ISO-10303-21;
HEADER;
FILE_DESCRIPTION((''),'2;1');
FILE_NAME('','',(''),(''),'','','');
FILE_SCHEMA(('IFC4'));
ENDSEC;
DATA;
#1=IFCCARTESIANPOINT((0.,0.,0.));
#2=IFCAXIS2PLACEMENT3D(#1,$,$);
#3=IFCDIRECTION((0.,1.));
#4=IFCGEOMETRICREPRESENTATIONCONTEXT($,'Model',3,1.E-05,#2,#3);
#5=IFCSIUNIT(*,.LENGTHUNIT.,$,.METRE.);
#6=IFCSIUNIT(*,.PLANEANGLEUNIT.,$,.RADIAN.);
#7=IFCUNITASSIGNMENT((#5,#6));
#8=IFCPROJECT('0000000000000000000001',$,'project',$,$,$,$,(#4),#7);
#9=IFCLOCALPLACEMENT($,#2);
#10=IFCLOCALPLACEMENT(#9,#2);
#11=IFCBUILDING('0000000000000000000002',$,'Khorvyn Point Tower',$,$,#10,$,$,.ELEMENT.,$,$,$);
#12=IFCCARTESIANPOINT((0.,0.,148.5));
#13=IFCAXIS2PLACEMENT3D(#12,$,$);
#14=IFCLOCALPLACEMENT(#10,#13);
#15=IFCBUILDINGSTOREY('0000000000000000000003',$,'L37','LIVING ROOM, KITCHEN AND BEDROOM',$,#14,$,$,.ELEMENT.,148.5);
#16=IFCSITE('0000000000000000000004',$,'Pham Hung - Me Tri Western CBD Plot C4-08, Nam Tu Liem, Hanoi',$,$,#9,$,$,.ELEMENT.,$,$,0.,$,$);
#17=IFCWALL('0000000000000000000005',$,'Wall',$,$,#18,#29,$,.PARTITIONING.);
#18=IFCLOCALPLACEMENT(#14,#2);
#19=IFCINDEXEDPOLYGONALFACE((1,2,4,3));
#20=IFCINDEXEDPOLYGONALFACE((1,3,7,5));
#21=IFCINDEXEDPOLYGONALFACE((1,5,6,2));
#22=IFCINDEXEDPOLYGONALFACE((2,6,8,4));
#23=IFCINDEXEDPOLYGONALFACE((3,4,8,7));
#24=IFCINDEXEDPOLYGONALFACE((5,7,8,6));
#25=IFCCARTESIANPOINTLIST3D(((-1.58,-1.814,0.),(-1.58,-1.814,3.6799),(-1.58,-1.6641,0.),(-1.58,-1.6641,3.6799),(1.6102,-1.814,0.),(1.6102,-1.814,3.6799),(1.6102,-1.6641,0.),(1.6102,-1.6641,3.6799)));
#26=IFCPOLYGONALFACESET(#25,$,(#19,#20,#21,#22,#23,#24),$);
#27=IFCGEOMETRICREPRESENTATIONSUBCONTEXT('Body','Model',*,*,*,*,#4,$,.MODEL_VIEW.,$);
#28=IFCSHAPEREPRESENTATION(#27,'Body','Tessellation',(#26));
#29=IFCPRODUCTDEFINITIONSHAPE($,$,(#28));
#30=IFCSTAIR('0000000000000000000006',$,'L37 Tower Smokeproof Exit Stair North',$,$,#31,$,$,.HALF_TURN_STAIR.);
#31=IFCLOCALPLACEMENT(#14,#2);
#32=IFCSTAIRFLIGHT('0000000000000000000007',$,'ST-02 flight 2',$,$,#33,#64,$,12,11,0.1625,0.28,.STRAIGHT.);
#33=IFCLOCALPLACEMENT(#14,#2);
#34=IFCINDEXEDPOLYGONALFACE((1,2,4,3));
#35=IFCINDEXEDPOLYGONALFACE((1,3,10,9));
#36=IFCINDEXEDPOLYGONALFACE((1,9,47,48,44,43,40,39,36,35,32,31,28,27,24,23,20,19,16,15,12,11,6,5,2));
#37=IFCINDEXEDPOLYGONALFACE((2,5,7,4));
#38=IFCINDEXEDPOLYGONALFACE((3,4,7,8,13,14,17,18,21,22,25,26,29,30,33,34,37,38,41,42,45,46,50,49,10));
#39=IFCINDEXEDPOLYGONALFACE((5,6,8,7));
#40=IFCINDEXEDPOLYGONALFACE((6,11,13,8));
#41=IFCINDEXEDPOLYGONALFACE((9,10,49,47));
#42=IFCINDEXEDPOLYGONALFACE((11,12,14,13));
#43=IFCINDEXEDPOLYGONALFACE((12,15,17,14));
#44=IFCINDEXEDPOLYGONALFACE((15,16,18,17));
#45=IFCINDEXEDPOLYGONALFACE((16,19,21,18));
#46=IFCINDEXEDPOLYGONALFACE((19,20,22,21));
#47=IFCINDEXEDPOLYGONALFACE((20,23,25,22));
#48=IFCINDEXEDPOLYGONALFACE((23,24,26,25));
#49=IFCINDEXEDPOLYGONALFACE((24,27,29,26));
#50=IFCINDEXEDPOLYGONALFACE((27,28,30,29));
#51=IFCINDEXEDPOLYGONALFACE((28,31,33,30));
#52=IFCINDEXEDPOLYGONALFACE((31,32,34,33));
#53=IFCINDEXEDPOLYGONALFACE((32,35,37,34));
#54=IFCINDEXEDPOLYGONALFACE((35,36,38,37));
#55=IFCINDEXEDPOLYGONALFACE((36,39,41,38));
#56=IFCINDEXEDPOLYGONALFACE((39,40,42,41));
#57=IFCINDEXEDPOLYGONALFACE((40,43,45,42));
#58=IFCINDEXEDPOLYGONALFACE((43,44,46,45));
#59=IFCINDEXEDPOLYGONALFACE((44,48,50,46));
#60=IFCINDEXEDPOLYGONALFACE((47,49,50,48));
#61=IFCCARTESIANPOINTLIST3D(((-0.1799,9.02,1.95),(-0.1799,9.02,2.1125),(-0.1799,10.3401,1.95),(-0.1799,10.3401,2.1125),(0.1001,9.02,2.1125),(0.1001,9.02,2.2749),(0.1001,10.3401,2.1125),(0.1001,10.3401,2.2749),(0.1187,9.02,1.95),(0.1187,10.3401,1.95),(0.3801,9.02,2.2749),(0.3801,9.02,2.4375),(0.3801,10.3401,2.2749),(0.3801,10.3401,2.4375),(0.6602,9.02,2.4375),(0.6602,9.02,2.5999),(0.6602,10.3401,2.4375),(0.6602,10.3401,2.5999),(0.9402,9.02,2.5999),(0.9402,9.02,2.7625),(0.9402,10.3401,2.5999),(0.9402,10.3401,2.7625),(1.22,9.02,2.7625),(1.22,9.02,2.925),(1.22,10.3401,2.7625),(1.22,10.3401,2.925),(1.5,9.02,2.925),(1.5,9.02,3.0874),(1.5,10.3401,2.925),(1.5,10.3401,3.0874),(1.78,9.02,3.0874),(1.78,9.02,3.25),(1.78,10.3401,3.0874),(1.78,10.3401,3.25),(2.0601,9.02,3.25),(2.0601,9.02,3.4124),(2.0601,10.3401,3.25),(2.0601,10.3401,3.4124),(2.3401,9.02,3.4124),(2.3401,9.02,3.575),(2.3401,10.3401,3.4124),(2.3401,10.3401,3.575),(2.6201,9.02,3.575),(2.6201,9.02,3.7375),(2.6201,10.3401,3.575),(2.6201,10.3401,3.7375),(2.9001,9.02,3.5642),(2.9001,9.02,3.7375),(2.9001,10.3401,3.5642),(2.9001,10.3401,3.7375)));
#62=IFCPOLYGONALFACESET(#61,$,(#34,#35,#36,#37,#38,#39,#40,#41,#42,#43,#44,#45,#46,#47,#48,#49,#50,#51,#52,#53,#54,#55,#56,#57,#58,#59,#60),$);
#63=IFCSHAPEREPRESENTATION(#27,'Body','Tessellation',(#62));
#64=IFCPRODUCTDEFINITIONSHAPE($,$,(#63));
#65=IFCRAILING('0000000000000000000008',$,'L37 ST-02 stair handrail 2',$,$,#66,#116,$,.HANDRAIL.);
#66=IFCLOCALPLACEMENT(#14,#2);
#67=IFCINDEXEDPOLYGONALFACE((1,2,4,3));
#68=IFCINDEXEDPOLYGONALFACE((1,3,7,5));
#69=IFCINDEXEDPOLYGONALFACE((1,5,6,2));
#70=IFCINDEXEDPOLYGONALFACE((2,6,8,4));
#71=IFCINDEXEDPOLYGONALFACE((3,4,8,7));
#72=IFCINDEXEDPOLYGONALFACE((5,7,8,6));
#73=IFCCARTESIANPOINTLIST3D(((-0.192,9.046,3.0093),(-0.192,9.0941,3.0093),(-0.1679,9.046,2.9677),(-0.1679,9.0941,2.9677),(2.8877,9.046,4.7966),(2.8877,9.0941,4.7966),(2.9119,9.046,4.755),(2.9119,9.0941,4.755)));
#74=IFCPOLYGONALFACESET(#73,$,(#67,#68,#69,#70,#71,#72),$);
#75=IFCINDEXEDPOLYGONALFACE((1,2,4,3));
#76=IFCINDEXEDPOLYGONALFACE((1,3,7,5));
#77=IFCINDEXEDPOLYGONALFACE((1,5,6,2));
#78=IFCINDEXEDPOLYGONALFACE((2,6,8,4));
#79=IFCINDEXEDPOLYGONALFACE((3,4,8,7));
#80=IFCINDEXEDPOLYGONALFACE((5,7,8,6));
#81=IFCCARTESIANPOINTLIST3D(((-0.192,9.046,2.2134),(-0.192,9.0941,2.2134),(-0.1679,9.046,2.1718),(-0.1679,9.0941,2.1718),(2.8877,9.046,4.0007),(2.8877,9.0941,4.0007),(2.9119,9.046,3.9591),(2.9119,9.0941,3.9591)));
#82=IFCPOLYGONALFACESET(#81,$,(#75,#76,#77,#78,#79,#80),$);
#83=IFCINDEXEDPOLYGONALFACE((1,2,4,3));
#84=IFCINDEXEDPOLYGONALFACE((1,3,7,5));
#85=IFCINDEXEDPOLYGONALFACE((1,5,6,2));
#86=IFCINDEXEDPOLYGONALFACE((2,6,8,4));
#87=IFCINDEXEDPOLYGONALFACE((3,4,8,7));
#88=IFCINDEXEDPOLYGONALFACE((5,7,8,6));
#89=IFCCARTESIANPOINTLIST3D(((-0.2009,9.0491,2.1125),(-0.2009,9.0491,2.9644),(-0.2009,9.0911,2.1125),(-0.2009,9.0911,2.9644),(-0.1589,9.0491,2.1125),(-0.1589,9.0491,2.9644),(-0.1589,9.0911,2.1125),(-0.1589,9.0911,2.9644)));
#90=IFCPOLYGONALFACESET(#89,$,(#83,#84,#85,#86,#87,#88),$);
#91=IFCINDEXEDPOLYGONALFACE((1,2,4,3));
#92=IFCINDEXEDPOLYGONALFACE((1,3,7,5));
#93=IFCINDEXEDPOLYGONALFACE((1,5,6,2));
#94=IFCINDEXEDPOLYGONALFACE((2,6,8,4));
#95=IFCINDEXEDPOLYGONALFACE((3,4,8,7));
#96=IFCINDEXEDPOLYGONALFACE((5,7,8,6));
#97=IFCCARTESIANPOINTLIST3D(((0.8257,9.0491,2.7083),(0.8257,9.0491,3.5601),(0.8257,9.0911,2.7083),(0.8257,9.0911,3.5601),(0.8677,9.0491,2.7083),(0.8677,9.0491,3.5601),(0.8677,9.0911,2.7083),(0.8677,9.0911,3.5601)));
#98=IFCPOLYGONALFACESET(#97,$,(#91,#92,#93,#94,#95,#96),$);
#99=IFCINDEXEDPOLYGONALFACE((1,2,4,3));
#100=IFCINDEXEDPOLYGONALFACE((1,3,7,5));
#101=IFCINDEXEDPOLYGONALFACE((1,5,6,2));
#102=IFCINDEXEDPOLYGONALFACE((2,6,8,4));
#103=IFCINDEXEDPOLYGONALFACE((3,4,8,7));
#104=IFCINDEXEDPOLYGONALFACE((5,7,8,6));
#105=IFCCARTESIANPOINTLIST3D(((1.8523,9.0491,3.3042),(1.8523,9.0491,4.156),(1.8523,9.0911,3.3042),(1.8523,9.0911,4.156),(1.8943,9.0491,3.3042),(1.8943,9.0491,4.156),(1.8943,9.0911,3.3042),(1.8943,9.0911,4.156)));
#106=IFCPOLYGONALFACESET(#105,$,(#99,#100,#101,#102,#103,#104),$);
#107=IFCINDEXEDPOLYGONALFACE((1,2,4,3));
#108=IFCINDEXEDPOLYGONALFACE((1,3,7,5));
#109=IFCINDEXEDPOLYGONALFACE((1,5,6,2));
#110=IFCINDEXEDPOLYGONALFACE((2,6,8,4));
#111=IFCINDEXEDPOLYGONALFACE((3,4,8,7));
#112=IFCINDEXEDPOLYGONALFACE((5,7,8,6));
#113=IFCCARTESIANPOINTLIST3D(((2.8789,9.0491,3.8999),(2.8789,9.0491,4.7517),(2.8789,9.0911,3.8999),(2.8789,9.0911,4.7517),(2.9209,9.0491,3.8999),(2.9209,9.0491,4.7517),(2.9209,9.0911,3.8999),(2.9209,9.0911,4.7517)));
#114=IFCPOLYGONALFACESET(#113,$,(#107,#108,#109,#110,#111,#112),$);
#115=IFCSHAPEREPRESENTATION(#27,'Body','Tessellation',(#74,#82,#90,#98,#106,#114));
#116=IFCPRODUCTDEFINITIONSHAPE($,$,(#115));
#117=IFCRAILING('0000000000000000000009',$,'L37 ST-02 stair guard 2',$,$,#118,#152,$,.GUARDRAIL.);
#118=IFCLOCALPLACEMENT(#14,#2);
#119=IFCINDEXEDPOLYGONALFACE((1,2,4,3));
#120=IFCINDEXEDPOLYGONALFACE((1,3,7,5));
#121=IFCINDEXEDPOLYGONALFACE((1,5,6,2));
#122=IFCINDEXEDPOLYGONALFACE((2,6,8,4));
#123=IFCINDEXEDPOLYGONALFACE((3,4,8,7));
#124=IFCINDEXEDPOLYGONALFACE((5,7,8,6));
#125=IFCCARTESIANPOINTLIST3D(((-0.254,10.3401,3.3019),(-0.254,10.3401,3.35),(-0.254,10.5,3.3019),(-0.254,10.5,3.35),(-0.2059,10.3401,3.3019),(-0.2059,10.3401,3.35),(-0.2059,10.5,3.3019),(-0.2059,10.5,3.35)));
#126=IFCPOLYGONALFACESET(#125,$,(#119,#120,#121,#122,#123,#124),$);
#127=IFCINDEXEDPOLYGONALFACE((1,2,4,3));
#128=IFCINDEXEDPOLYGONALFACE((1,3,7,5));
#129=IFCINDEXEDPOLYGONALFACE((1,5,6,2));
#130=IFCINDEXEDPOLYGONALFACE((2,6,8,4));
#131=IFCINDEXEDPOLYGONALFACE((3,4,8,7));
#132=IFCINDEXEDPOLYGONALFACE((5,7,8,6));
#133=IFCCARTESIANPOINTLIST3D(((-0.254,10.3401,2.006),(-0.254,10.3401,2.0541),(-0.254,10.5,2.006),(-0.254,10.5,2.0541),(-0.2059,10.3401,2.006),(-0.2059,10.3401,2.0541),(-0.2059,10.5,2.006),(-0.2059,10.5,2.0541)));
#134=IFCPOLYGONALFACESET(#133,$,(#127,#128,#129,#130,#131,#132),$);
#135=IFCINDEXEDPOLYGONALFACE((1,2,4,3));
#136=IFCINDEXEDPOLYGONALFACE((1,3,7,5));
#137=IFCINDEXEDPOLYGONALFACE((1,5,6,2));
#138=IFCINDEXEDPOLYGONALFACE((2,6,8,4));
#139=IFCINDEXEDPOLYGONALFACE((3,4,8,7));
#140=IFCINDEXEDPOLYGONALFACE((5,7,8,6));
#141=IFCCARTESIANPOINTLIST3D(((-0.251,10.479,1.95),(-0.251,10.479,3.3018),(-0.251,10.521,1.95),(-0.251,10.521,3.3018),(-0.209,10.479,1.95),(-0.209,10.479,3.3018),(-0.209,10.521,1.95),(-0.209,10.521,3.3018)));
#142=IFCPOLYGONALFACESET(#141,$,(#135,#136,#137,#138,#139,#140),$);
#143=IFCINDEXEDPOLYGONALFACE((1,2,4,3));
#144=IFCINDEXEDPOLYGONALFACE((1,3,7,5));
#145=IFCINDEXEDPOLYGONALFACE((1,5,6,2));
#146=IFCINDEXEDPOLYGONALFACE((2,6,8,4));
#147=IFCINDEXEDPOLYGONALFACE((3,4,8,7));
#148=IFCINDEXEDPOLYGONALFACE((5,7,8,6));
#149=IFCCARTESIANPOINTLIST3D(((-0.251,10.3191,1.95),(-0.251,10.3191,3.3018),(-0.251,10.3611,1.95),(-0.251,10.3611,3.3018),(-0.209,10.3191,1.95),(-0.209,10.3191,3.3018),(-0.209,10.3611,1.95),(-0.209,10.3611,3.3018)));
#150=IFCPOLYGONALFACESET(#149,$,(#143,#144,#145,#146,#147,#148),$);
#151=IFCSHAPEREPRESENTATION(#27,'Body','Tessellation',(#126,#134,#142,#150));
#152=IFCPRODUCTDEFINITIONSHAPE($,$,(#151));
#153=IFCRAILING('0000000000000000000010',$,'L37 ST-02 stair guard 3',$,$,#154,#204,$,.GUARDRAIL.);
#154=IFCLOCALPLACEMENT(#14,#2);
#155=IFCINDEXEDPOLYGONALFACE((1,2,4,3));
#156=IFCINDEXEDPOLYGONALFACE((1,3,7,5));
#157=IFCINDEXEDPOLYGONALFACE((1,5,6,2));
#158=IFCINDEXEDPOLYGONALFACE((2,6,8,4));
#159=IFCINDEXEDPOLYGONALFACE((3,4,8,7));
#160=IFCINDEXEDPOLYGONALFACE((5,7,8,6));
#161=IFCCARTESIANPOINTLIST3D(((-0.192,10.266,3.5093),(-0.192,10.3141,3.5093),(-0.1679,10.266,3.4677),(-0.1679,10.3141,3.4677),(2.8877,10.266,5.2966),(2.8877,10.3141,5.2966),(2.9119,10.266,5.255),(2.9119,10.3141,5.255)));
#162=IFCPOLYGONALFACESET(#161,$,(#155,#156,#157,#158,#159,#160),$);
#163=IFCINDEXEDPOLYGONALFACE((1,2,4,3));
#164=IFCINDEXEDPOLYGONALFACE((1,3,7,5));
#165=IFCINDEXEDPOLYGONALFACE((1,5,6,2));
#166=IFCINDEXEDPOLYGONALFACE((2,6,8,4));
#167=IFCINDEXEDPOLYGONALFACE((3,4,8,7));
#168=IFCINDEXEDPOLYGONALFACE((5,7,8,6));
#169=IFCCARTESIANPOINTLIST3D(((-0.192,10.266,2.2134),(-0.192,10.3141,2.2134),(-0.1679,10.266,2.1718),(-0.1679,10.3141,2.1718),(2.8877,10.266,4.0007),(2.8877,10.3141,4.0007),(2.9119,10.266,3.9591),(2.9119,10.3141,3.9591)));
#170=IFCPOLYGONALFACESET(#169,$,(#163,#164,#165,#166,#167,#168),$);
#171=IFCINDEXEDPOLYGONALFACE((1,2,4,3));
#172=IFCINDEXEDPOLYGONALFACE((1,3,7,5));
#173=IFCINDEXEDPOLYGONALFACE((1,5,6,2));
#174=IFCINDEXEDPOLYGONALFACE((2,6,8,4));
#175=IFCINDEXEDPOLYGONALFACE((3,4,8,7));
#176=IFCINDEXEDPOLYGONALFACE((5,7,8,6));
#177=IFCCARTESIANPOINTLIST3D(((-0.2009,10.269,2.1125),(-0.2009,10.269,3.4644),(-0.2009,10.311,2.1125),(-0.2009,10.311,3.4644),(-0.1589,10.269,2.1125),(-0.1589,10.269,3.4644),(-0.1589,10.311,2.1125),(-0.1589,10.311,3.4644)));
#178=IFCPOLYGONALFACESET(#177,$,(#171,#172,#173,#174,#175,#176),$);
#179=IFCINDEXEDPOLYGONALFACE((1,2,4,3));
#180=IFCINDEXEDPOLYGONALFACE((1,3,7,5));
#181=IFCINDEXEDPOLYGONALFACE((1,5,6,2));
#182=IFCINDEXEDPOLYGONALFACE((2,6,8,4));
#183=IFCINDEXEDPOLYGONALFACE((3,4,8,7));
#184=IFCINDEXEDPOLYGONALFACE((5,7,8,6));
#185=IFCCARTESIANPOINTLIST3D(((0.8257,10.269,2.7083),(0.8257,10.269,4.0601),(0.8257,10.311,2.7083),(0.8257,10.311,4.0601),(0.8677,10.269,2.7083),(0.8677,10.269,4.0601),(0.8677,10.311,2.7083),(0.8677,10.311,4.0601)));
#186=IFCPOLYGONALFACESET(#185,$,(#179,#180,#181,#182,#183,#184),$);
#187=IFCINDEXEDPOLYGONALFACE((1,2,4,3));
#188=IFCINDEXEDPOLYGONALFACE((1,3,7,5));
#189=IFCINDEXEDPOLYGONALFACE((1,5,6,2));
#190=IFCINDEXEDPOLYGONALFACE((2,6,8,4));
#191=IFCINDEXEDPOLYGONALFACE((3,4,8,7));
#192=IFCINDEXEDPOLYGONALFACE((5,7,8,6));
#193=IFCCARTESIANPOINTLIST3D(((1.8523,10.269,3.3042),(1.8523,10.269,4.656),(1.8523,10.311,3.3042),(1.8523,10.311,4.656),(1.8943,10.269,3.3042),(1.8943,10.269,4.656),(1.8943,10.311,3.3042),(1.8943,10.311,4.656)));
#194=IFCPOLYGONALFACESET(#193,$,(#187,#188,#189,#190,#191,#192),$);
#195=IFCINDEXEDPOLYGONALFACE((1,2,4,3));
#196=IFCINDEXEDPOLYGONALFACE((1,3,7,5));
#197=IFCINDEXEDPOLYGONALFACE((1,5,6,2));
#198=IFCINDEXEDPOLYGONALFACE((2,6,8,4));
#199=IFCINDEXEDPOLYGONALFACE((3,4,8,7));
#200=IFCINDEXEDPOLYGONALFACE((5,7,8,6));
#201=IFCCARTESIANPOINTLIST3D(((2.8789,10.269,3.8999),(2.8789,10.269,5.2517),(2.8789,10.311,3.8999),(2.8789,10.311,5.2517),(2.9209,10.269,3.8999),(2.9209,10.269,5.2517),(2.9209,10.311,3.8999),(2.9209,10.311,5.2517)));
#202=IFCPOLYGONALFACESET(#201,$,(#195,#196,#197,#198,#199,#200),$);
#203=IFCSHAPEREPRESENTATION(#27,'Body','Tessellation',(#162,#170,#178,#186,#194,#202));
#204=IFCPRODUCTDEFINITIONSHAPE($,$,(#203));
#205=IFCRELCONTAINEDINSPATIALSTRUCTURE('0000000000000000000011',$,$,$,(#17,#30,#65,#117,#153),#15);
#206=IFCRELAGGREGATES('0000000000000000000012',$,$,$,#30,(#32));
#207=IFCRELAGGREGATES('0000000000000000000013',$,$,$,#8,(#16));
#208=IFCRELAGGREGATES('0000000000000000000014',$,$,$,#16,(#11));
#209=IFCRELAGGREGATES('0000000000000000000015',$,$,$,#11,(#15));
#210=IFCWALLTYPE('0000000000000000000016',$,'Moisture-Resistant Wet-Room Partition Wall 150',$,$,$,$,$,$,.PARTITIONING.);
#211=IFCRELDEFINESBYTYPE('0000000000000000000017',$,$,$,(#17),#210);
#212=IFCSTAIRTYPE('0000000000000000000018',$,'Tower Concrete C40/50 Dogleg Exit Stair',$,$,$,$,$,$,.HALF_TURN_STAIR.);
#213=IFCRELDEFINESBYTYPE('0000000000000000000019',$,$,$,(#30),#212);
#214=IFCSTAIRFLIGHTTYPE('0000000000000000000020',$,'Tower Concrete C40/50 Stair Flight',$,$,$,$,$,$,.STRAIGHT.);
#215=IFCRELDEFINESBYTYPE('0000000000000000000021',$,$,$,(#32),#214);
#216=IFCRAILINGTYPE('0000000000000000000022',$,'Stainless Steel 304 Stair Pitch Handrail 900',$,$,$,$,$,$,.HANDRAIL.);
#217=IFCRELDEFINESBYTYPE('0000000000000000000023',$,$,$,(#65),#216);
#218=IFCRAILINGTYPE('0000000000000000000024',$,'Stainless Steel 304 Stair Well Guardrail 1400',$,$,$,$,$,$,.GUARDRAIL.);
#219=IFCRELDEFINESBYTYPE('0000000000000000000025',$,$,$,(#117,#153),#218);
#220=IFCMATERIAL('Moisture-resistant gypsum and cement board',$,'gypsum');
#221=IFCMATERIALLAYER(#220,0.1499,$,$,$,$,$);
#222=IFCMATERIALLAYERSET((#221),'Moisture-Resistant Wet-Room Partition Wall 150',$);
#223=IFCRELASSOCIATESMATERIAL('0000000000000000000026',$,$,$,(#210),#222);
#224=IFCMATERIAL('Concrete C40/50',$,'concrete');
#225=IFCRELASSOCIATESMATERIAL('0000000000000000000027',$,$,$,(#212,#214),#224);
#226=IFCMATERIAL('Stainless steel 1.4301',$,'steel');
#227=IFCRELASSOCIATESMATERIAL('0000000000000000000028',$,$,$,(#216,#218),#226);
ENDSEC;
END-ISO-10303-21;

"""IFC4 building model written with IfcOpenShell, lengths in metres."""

from ifc_helpers import new_model, si_unit, direction, frame, frame_2d, origin, origin_2d, place, context, subcontext, project, spatial, polyline, rectangle, outline, extrude, material, layer, layer_set, type_object, element, aggregate, save


model = new_model("IFC4")

# Units and contexts
model_context = context("Model", 3, precision=1e-05, world=origin(), true_north=direction((0.0, 1.0)))
body_context = subcontext(model_context, "Body", "Model", "MODEL_VIEW")
ifc_project = project(units=[si_unit("LENGTHUNIT", "METRE"), si_unit("PLANEANGLEUNIT", "RADIAN")], contexts=[model_context])

# Site, building, storey
site_placement = place(None, origin())
site = spatial("IfcSite", under=ifc_project, at=site_placement, Name="Pham Hung - Me Tri Western CBD Plot C4-08, Nam Tu Liem, Hanoi", CompositionType="ELEMENT", RefElevation=0.0)
building_placement = place(site_placement, origin())
building = spatial("IfcBuilding", under=site, at=building_placement, Name="Khorvyn Point Tower", CompositionType="ELEMENT")
storey_placement = place(building_placement, frame((0.0, 0.0, 148.5)))
storey = spatial("IfcBuildingStorey", under=building, at=storey_placement, Name="L37", Description="LIVING ROOM, KITCHEN AND BEDROOM", CompositionType="ELEMENT", Elevation=148.5)

# Shared definitions
ifc_material_1 = material(Name="Concrete C40/50", Category="concrete")

# Shared definitions
ifc_material_2 = material(Name="Stainless steel 1.4301", Category="steel")

# Wall
ifc_material_3 = material(Name="Moisture-resistant gypsum and cement board", Category="gypsum")
ifc_layer_1 = layer(ifc_material_3, 0.1499)
ifc_layer_set_1 = layer_set([ifc_layer_1], Name="Moisture-Resistant Wet-Room Partition Wall 150")
wall_type_1 = type_object("IfcWallType", Name="Moisture-Resistant Wet-Room Partition Wall 150", PredefinedType="PARTITIONING", material=ifc_layer_set_1)
wall_1_placement = place(storey_placement, frame((-1.5801, -1.739, 0.0), z_axis=(0.0, 0.0, 1.0), x_axis=(1.0, 0.0, 0.0)))
element("IfcWall", 1, at=wall_1_placement, inside=storey, type_object=wall_type_1, Name="Wall", PredefinedType="PARTITIONING", context=body_context, shape_type="SweptSolid", body=[
    extrude(rectangle(XDim=3.1902, YDim=0.1499, at=frame_2d((1.5952, 0.0))), origin(), (0.0, 0.0, 1.0), 3.6799),
])

# Stair, stair flight
stair_type = type_object("IfcStairType", Name="Tower Concrete C40/50 Dogleg Exit Stair", PredefinedType="HALF_TURN_STAIR", material=ifc_material_1)
stair_placement = place(storey_placement, origin())
stair = element("IfcStair", 2, at=stair_placement, inside=storey, type_object=stair_type, Name="L37 Tower Smokeproof Exit Stair North", PredefinedType="HALF_TURN_STAIR")
stair_flight_type = type_object("IfcStairFlightType", Name="Tower Concrete C40/50 Stair Flight", PredefinedType="STRAIGHT", material=ifc_material_1)
stair_flight_placement = place(storey_placement, frame((-0.1799, 9.6799, 1.95), z_axis=(0.0, 0.0, 1.0), x_axis=(1.0, 0.0, 0.0)))
stair_flight = element("IfcStairFlight", 3, at=stair_flight_placement, type_object=stair_flight_type, Name="ST-02 flight 2", NumberOfRisers=12, NumberOfTreads=11, PredefinedType="STRAIGHT", RiserHeight=0.1625, TreadLength=0.28, context=body_context, shape_type="SweptSolid", body=[
    extrude(outline(polyline([(0.0, 0.0), (0.0, 0.1626), (0.28, 0.1626), (0.28, 0.325), (0.5601, 0.325), (0.5601, 0.4875), (0.8401, 0.4875), (0.8401, 0.6499), (1.1201, 0.6499), (1.1201, 0.8125), (1.3999, 0.8125), (1.3999, 0.9751), (1.6799, 0.9751), (1.6799, 1.1375), (1.96, 1.1375), (1.96, 1.3), (2.24, 1.3), (2.24, 1.4624), (2.52, 1.4624), (2.52, 1.625), (2.8, 1.625), (2.8, 1.7876), (3.0801, 1.7876), (3.0801, 1.95), (3.0801, 1.6143), (0.2986, 0.0), (0.0, 0.0)])), frame((0.0, 0.6602, 0.0), z_axis=(0.0, -1.0, 0.0), x_axis=(1.0, 0.0, 0.0)), (0.0, 0.0, 1.0), 1.3201),
])
aggregate(stair, [stair_flight])

# Railings
railing_type_1 = type_object("IfcRailingType", Name="Stainless Steel 304 Stair Pitch Handrail 900", PredefinedType="HANDRAIL", material=ifc_material_2)
railing_1_placement = place(storey_placement, frame((-0.1799, 9.0701, 2.1125)))
element("IfcRailing", 4, at=railing_1_placement, inside=storey, type_object=railing_type_1, Name="L37 ST-02 stair handrail 2", PredefinedType="HANDRAIL", context=body_context, shape_type="SweptSolid", body=[
    extrude(rectangle(XDim=0.0481, YDim=0.0481, at=origin_2d()), frame((0.0, 0.0, 0.876), z_axis=(0.864903, 0.0, 0.501939), x_axis=(0.0, 1.0, 0.0)), (0.0, 0.0, 1.0), 3.5608),
    extrude(rectangle(XDim=0.0481, YDim=0.0481, at=origin_2d()), frame((0.0, 0.0, 0.0801), z_axis=(0.864903, 0.0, 0.501939), x_axis=(0.0, 1.0, 0.0)), (0.0, 0.0, 1.0), 3.5608),
    extrude(rectangle(XDim=0.042, YDim=0.042, at=origin_2d()), origin(), (0.0, 0.0, 1.0), 0.8518),
    extrude(rectangle(XDim=0.042, YDim=0.042, at=origin_2d()), frame((1.0266, 0.0, 0.5957)), (0.0, 0.0, 1.0), 0.8518),
    extrude(rectangle(XDim=0.042, YDim=0.042, at=origin_2d()), frame((2.0532, 0.0, 1.1917)), (0.0, 0.0, 1.0), 0.8518),
    extrude(rectangle(XDim=0.042, YDim=0.042, at=origin_2d()), frame((3.0798, 0.0, 1.7874)), (0.0, 0.0, 1.0), 0.8518),
])
railing_type_2 = type_object("IfcRailingType", Name="Stainless Steel 304 Stair Well Guardrail 1400", PredefinedType="GUARDRAIL", material=ifc_material_2)
railing_2_placement = place(storey_placement, frame((-0.23, 10.5, 1.95)))
element("IfcRailing", 5, at=railing_2_placement, inside=storey, type_object=railing_type_2, Name="L37 ST-02 stair guard 2", PredefinedType="GUARDRAIL", context=body_context, shape_type="SweptSolid", body=[
    extrude(rectangle(XDim=0.0481, YDim=0.0481, at=origin_2d()), frame((0.0, 0.0, 1.376), z_axis=(0.0, -1.0, 0.0), x_axis=(1.0, 0.0, 0.0)), (0.0, 0.0, 1.0), 0.1599),
    extrude(rectangle(XDim=0.0481, YDim=0.0481, at=origin_2d()), frame((0.0, 0.0, 0.0801), z_axis=(0.0, -1.0, 0.0), x_axis=(1.0, 0.0, 0.0)), (0.0, 0.0, 1.0), 0.1599),
    extrude(rectangle(XDim=0.042, YDim=0.042, at=origin_2d()), origin(), (0.0, 0.0, 1.0), 1.3518),
    extrude(rectangle(XDim=0.042, YDim=0.042, at=origin_2d()), frame((0.0, -0.1599, 0.0)), (0.0, 0.0, 1.0), 1.3518),
])
railing_3_placement = place(storey_placement, frame((-0.1799, 10.29, 2.1125)))
element("IfcRailing", 6, at=railing_3_placement, inside=storey, type_object=railing_type_2, Name="L37 ST-02 stair guard 3", PredefinedType="GUARDRAIL", context=body_context, shape_type="SweptSolid", body=[
    extrude(rectangle(XDim=0.0481, YDim=0.0481, at=origin_2d()), frame((0.0, 0.0, 1.376), z_axis=(0.864903, 0.0, 0.501939), x_axis=(0.0, 1.0, 0.0)), (0.0, 0.0, 1.0), 3.5608),
    extrude(rectangle(XDim=0.0481, YDim=0.0481, at=origin_2d()), frame((0.0, 0.0, 0.0801), z_axis=(0.864903, 0.0, 0.501939), x_axis=(0.0, 1.0, 0.0)), (0.0, 0.0, 1.0), 3.5608),
    extrude(rectangle(XDim=0.042, YDim=0.042, at=origin_2d()), origin(), (0.0, 0.0, 1.0), 1.3518),
    extrude(rectangle(XDim=0.042, YDim=0.042, at=origin_2d()), frame((1.0266, 0.0, 0.5957)), (0.0, 0.0, 1.0), 1.3518),
    extrude(rectangle(XDim=0.042, YDim=0.042, at=origin_2d()), frame((2.0532, 0.0, 1.1917)), (0.0, 0.0, 1.0), 1.3518),
    extrude(rectangle(XDim=0.042, YDim=0.042, at=origin_2d()), frame((3.0798, 0.0, 1.7874)), (0.0, 0.0, 1.0), 1.3518),
])

save(model, "model.ifc")
